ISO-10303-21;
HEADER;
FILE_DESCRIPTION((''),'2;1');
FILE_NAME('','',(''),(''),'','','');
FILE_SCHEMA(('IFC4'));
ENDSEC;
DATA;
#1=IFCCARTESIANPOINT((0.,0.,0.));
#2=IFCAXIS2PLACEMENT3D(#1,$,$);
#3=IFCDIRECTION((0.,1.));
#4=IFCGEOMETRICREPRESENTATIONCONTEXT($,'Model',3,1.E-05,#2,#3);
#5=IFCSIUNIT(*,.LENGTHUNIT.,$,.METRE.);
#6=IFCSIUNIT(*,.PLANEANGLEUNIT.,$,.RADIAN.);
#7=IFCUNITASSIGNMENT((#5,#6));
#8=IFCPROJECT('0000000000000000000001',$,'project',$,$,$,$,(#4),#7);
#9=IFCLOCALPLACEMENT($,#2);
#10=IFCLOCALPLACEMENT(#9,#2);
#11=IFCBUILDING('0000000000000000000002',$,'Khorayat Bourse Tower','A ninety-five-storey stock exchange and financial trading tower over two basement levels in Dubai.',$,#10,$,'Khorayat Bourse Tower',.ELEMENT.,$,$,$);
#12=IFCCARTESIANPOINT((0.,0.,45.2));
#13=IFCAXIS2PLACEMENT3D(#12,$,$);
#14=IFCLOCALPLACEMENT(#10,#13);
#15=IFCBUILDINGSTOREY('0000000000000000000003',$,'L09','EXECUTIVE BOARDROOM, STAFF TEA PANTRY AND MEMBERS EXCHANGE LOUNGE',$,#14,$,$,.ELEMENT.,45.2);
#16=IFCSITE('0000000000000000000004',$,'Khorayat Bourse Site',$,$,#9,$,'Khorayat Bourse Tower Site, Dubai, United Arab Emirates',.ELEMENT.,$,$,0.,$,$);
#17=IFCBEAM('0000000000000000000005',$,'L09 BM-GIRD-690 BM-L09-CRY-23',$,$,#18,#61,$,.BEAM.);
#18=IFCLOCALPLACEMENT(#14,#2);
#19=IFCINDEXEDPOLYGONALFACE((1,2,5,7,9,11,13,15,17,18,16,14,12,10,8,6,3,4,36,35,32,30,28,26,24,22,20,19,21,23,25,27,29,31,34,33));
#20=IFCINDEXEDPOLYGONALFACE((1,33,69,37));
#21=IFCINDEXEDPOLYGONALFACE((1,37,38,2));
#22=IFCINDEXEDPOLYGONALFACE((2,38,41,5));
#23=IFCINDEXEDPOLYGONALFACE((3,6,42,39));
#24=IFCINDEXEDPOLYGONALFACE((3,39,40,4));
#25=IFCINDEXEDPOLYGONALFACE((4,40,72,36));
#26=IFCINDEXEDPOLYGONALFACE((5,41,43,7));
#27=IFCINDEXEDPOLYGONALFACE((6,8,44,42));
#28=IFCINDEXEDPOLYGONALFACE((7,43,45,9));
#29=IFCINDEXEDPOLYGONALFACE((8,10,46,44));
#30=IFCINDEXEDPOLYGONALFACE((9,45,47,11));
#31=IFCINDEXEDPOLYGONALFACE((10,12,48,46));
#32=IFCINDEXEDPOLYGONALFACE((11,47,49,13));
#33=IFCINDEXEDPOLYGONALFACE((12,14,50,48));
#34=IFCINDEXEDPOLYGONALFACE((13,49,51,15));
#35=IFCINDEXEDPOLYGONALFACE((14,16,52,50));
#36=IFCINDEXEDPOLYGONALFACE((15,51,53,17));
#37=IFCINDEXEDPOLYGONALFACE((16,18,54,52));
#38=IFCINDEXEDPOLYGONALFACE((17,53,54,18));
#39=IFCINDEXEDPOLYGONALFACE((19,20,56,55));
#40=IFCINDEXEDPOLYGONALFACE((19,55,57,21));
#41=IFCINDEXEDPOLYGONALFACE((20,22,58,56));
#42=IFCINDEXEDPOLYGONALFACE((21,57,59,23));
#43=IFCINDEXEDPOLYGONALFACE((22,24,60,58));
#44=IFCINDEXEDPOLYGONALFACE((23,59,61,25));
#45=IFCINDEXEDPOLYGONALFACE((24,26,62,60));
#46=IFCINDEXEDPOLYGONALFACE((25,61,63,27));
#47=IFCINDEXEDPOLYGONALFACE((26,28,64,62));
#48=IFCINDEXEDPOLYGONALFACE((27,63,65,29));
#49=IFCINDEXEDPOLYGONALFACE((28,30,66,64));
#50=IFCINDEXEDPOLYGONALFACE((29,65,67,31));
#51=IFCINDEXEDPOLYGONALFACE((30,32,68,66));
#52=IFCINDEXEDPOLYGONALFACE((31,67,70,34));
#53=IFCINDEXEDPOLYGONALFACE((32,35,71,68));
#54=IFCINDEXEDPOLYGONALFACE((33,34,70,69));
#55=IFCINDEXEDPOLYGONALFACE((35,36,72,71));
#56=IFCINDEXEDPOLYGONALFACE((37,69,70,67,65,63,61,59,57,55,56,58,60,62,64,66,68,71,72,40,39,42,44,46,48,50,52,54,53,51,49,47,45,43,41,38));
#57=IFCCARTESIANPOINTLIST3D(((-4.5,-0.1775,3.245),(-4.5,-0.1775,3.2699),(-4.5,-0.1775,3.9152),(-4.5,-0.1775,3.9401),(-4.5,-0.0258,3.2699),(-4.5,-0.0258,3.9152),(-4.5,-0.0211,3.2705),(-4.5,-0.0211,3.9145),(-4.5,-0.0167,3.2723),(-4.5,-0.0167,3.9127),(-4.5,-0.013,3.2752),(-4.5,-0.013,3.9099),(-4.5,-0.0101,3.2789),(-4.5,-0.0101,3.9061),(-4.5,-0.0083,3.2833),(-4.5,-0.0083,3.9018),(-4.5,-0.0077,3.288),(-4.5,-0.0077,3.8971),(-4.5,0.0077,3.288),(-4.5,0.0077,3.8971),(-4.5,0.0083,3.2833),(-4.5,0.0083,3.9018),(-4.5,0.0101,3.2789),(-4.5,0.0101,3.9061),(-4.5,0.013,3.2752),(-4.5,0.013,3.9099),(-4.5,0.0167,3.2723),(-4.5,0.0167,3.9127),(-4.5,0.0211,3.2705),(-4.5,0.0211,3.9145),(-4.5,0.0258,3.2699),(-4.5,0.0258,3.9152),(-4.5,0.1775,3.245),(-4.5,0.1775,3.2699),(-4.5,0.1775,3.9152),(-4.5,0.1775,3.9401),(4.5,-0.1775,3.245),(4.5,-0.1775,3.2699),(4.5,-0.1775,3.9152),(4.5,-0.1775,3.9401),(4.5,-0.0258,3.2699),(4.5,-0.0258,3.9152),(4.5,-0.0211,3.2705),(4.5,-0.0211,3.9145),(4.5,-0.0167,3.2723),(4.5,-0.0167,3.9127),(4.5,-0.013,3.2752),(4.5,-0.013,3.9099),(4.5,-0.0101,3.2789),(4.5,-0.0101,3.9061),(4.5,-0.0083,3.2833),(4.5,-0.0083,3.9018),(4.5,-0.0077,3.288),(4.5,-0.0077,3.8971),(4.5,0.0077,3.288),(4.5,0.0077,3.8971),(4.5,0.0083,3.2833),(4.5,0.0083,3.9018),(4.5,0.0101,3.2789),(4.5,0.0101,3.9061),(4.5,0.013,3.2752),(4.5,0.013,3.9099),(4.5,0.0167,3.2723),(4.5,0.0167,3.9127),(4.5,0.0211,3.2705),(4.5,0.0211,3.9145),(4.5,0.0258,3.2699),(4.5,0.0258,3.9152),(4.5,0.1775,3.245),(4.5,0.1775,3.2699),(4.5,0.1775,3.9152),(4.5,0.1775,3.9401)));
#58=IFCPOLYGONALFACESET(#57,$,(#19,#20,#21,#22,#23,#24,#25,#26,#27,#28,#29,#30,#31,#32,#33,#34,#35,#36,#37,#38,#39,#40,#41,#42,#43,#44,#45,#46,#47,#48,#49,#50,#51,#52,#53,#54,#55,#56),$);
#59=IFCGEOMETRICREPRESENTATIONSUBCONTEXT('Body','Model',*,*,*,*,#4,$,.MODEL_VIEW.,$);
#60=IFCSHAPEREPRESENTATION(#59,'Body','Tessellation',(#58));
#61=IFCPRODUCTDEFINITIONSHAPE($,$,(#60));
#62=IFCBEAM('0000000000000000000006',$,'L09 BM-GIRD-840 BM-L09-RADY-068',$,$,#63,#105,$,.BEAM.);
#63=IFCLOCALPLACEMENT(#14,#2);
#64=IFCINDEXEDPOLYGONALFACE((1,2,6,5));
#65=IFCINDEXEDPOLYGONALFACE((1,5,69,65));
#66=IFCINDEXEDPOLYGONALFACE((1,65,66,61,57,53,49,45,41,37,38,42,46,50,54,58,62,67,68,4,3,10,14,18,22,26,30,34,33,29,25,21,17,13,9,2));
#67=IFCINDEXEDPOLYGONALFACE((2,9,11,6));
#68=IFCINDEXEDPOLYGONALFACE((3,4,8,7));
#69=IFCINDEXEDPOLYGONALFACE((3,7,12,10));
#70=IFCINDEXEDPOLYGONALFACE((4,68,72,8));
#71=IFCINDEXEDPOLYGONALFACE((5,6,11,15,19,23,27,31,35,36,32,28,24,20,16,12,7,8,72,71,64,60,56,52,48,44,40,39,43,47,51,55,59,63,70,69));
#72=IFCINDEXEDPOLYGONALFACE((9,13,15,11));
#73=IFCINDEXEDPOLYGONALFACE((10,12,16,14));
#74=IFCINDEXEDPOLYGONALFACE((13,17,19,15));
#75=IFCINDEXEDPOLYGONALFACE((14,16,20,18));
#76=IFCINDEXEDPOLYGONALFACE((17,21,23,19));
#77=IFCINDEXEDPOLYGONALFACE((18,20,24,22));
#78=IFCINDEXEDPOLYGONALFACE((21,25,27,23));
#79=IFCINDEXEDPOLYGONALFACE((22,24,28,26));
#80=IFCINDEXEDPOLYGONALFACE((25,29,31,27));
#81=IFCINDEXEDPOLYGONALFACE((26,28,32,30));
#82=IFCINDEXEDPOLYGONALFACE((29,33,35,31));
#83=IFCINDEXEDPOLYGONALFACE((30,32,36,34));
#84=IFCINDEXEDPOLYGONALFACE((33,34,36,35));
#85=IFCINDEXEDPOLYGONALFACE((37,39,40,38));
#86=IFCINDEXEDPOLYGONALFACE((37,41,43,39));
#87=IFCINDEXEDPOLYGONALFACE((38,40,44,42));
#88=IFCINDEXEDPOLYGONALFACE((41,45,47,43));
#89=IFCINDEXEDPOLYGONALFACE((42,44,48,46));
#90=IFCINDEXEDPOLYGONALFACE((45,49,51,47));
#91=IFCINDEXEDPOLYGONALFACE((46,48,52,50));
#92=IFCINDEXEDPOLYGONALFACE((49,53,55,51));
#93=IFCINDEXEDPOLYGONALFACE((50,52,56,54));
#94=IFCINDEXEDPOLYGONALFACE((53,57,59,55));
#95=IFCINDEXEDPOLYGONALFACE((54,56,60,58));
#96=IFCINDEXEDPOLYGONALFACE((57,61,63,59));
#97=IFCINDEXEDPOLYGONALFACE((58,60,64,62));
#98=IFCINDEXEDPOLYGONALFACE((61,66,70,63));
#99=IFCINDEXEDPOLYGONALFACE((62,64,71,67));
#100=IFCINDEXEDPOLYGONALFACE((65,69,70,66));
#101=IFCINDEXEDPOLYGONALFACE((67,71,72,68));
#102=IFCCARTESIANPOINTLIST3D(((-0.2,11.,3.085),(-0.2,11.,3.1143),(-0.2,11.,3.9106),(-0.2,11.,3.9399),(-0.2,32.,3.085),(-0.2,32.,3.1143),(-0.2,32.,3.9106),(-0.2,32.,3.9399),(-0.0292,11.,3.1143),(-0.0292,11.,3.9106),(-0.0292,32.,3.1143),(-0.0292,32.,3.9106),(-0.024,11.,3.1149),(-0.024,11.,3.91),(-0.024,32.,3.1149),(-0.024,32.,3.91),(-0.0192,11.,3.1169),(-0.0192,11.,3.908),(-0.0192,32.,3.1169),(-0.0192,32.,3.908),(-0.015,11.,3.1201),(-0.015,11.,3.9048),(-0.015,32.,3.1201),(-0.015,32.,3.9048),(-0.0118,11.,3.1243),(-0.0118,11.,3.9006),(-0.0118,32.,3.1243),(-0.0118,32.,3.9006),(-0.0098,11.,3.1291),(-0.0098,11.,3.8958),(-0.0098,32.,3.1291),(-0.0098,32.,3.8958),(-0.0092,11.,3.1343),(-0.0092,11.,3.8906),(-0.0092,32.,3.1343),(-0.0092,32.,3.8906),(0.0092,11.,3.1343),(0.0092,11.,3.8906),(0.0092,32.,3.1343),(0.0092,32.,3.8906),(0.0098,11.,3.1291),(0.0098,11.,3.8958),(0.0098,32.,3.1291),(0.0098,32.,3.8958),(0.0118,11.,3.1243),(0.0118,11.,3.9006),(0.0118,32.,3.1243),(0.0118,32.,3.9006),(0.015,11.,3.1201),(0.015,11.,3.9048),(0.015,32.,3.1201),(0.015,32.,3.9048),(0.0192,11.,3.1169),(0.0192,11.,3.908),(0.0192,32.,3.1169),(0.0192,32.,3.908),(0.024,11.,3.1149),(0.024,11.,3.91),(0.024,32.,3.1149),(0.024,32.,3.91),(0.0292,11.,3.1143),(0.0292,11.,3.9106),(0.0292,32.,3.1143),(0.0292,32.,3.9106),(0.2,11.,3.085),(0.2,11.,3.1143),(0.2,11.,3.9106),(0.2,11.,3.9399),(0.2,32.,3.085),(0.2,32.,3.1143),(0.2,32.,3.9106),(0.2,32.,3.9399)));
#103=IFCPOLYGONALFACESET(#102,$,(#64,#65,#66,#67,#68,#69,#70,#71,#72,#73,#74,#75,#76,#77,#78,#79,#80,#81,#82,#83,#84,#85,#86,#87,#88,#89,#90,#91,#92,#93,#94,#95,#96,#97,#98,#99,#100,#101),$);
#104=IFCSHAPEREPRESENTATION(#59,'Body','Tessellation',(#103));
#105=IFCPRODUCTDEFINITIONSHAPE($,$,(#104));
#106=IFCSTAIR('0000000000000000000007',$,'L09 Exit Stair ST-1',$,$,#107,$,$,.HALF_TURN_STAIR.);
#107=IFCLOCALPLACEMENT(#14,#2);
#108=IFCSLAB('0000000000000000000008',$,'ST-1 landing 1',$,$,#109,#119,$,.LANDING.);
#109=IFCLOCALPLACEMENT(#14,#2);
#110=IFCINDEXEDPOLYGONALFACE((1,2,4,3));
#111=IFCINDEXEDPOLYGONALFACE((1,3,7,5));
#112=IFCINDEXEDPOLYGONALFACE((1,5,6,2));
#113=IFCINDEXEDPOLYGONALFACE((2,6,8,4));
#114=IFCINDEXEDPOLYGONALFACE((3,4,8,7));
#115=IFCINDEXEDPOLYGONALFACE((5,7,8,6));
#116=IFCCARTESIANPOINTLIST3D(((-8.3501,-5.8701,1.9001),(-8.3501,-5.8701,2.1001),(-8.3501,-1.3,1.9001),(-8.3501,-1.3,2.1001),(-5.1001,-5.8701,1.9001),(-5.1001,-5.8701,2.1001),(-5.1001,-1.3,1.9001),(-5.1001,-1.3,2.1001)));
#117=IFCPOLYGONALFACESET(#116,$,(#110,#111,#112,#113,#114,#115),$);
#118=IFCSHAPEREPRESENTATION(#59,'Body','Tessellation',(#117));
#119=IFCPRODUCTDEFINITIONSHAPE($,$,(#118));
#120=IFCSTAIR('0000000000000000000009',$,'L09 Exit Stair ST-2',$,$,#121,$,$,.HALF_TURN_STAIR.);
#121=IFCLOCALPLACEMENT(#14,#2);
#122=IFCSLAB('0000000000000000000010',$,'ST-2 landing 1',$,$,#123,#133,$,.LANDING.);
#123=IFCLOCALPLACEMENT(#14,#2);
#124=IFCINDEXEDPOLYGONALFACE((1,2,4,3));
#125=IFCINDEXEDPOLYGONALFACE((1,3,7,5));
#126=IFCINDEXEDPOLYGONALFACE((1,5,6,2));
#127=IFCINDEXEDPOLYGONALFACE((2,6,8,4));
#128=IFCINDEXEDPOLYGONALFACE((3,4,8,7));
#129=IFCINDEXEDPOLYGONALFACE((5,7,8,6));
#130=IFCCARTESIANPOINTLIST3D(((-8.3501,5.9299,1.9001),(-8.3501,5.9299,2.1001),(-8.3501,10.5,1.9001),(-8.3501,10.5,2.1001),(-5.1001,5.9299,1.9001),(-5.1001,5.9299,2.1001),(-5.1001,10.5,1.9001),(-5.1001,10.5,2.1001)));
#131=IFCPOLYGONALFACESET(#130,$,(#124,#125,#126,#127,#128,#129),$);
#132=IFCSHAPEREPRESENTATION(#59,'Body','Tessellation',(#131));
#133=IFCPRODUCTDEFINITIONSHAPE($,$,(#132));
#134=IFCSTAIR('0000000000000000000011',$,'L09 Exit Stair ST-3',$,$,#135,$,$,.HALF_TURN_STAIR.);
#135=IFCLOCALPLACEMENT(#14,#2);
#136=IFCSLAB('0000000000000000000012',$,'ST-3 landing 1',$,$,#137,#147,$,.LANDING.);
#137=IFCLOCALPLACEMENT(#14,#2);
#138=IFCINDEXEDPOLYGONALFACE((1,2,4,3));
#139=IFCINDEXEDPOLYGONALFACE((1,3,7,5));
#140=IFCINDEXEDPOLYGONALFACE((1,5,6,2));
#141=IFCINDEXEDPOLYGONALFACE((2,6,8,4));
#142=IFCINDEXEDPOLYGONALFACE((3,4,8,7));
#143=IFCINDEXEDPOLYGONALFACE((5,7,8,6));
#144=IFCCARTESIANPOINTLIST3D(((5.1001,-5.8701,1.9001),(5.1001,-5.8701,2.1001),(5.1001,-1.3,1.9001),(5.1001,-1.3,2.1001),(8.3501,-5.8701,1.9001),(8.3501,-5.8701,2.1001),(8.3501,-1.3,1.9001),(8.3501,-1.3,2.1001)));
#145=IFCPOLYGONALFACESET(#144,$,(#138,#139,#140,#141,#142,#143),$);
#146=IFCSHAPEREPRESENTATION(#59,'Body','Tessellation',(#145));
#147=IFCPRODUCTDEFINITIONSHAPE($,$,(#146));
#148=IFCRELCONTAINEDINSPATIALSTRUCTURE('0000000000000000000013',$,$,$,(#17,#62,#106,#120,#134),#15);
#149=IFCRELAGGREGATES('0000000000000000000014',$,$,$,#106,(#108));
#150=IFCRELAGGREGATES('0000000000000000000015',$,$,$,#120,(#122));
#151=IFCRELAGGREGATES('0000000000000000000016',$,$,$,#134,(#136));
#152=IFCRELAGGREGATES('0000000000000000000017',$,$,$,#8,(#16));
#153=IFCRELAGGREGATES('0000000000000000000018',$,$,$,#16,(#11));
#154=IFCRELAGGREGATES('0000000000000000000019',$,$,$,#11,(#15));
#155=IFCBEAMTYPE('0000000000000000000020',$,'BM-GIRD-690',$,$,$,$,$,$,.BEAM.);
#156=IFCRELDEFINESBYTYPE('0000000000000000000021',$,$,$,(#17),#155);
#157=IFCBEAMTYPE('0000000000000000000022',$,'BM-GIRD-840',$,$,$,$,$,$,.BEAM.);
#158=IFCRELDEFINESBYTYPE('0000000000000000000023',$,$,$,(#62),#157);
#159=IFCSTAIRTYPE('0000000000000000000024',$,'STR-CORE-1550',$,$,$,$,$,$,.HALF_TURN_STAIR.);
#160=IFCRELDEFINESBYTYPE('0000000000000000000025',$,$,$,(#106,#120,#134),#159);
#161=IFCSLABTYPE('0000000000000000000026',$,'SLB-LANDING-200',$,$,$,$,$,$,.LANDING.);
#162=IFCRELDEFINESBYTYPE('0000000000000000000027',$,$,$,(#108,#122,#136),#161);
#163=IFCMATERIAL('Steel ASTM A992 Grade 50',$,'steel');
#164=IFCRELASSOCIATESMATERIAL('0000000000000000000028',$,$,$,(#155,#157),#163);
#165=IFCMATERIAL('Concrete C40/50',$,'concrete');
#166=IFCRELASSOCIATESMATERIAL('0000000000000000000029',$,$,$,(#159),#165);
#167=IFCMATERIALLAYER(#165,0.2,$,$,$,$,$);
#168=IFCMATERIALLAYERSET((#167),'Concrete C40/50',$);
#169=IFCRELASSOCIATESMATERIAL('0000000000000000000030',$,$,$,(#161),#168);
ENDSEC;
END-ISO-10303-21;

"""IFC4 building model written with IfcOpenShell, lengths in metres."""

from ifc_helpers import new_model, si_unit, direction, frame, origin, origin_2d, place, context, subcontext, project, spatial, polyline, i_section, outline, extrude, source, transform, mapped, material, layer, layer_set, material_profile, profile_set, type_object, element, aggregate, save


model = new_model("IFC4")

# Units and contexts
model_context = context("Model", 3, precision=1e-05, world=origin(), true_north=direction((0.0, 1.0)))
body_context = subcontext(model_context, "Body", "Model", "MODEL_VIEW")
ifc_project = project(units=[si_unit("LENGTHUNIT", "METRE"), si_unit("PLANEANGLEUNIT", "RADIAN")], contexts=[model_context])

# Site, building, storey
site_placement = place(None, origin())
site = spatial("IfcSite", under=ifc_project, at=site_placement, Name="Khorayat Bourse Site", LongName="Khorayat Bourse Tower Site, Dubai, United Arab Emirates", CompositionType="ELEMENT", RefElevation=0.0)
building_placement = place(site_placement, origin())
building = spatial("IfcBuilding", under=site, at=building_placement, Name="Khorayat Bourse Tower", Description="A ninety-five-storey stock exchange and financial trading tower over two basement levels in Dubai.", LongName="Khorayat Bourse Tower", CompositionType="ELEMENT")
storey_placement = place(building_placement, frame((0.0, 0.0, 45.2)))
storey = spatial("IfcBuildingStorey", under=building, at=storey_placement, Name="L09", Description="EXECUTIVE BOARDROOM, STAFF TEA PANTRY AND MEMBERS EXCHANGE LOUNGE", CompositionType="ELEMENT", Elevation=45.2)

# Beams
ifc_material_1 = material(Name="Steel ASTM A992 Grade 50", Category="steel")
ifc_material_profile_1 = material_profile(ifc_material_1, i_section(OverallWidth=0.355, OverallDepth=0.6951, WebThickness=0.0154, FlangeThickness=0.0249, FilletRadius=0.0181, at=origin_2d()), Name="W690X217")
ifc_profile_set_1 = profile_set([ifc_material_profile_1], Name="Steel ASTM A992 Grade 50")
beam_type_1 = type_object("IfcBeamType", Name="BM-GIRD-690", PredefinedType="BEAM", material=ifc_profile_set_1)
shared_shape_1 = source(origin(), body_context, "Body", "SweptSolid", [
    extrude(i_section(OverallWidth=0.355, OverallDepth=0.6951, WebThickness=0.0154, FlangeThickness=0.0249, FilletRadius=0.0181, at=origin_2d()), origin(), (0.0, 0.0, 1.0), 9.0),
])
beam_1_placement = place(storey_placement, frame((-4.5, 0.0, 3.5925), z_axis=(1.0, 0.0, 0.0), x_axis=(0.0, 1.0, 0.0)))
element("IfcBeam", 1, at=beam_1_placement, inside=storey, type_object=beam_type_1, Name="L09 BM-GIRD-690 BM-L09-CRY-23", PredefinedType="BEAM", context=body_context, shape_type="MappedRepresentation", body=[
    mapped(shared_shape_1, transform((0.0, 0.0, 0.0), scale=1.0)),
])
ifc_material_profile_2 = material_profile(ifc_material_1, i_section(OverallWidth=0.3999, OverallDepth=0.855, WebThickness=0.0183, FlangeThickness=0.0293, FilletRadius=0.02, at=origin_2d()), Name="W840X299")
ifc_profile_set_2 = profile_set([ifc_material_profile_2], Name="Steel ASTM A992 Grade 50")
beam_type_2 = type_object("IfcBeamType", Name="BM-GIRD-840", PredefinedType="BEAM", material=ifc_profile_set_2)
shared_shape_2 = source(origin(), body_context, "Body", "SweptSolid", [
    extrude(i_section(OverallWidth=0.3999, OverallDepth=0.855, WebThickness=0.0183, FlangeThickness=0.0293, FilletRadius=0.02, at=origin_2d()), origin(), (0.0, 0.0, 1.0), 21.0),
])
beam_2_placement = place(storey_placement, frame((0.0, 11.0, 3.5125), z_axis=(0.0, 1.0, 0.0), x_axis=(-1.0, 0.0, 0.0)))
element("IfcBeam", 2, at=beam_2_placement, inside=storey, type_object=beam_type_2, Name="L09 BM-GIRD-840 BM-L09-RADY-068", PredefinedType="BEAM", context=body_context, shape_type="MappedRepresentation", body=[
    mapped(shared_shape_2, transform((0.0, 0.0, 0.0), scale=1.0)),
])

# Stairs, slabs
ifc_material_2 = material(Name="Concrete C40/50", Category="concrete")
stair_type = type_object("IfcStairType", Name="STR-CORE-1550", PredefinedType="HALF_TURN_STAIR", material=ifc_material_2)
stair_1_placement = place(storey_placement, origin())
stair_1 = element("IfcStair", 3, at=stair_1_placement, inside=storey, type_object=stair_type, Name="L09 Exit Stair ST-1", PredefinedType="HALF_TURN_STAIR")
ifc_layer_1 = layer(ifc_material_2, 0.2)
ifc_layer_set_1 = layer_set([ifc_layer_1], Name="Concrete C40/50")
slab_type_1 = type_object("IfcSlabType", Name="SLB-LANDING-200", PredefinedType="LANDING", material=ifc_layer_set_1)
slab_1_placement = place(storey_placement, frame((0.0, 0.0, 1.9001)))
slab_1 = element("IfcSlab", 4, at=slab_1_placement, type_object=slab_type_1, Name="ST-1 landing 1", PredefinedType="LANDING", context=body_context, shape_type="SweptSolid", body=[
    extrude(outline(polyline([(-5.1001, -5.8701), (-5.1001, -1.3), (-8.3501, -1.3), (-8.3501, -5.8701), (-5.1001, -5.8701)])), origin(), (0.0, 0.0, 1.0), 0.2),
])
aggregate(stair_1, [slab_1])
stair_2_placement = place(storey_placement, origin())
stair_2 = element("IfcStair", 5, at=stair_2_placement, inside=storey, type_object=stair_type, Name="L09 Exit Stair ST-2", PredefinedType="HALF_TURN_STAIR")
slab_2_placement = place(storey_placement, frame((0.0, 0.0, 1.9001)))
slab_2 = element("IfcSlab", 6, at=slab_2_placement, type_object=slab_type_1, Name="ST-2 landing 1", PredefinedType="LANDING", context=body_context, shape_type="SweptSolid", body=[
    extrude(outline(polyline([(-5.1001, 5.9299), (-5.1001, 10.5), (-8.3501, 10.5), (-8.3501, 5.9299), (-5.1001, 5.9299)])), origin(), (0.0, 0.0, 1.0), 0.2),
])
aggregate(stair_2, [slab_2])
stair_3_placement = place(storey_placement, origin())
stair_3 = element("IfcStair", 7, at=stair_3_placement, inside=storey, type_object=stair_type, Name="L09 Exit Stair ST-3", PredefinedType="HALF_TURN_STAIR")
slab_3_placement = place(storey_placement, frame((0.0, 0.0, 1.9001)))
slab_3 = element("IfcSlab", 8, at=slab_3_placement, type_object=slab_type_1, Name="ST-3 landing 1", PredefinedType="LANDING", context=body_context, shape_type="SweptSolid", body=[
    extrude(outline(polyline([(8.3501, -5.8701), (8.3501, -1.3), (5.1001, -1.3), (5.1001, -5.8701), (8.3501, -5.8701)])), origin(), (0.0, 0.0, 1.0), 0.2),
])
aggregate(stair_3, [slab_3])

save(model, "model.ifc")
